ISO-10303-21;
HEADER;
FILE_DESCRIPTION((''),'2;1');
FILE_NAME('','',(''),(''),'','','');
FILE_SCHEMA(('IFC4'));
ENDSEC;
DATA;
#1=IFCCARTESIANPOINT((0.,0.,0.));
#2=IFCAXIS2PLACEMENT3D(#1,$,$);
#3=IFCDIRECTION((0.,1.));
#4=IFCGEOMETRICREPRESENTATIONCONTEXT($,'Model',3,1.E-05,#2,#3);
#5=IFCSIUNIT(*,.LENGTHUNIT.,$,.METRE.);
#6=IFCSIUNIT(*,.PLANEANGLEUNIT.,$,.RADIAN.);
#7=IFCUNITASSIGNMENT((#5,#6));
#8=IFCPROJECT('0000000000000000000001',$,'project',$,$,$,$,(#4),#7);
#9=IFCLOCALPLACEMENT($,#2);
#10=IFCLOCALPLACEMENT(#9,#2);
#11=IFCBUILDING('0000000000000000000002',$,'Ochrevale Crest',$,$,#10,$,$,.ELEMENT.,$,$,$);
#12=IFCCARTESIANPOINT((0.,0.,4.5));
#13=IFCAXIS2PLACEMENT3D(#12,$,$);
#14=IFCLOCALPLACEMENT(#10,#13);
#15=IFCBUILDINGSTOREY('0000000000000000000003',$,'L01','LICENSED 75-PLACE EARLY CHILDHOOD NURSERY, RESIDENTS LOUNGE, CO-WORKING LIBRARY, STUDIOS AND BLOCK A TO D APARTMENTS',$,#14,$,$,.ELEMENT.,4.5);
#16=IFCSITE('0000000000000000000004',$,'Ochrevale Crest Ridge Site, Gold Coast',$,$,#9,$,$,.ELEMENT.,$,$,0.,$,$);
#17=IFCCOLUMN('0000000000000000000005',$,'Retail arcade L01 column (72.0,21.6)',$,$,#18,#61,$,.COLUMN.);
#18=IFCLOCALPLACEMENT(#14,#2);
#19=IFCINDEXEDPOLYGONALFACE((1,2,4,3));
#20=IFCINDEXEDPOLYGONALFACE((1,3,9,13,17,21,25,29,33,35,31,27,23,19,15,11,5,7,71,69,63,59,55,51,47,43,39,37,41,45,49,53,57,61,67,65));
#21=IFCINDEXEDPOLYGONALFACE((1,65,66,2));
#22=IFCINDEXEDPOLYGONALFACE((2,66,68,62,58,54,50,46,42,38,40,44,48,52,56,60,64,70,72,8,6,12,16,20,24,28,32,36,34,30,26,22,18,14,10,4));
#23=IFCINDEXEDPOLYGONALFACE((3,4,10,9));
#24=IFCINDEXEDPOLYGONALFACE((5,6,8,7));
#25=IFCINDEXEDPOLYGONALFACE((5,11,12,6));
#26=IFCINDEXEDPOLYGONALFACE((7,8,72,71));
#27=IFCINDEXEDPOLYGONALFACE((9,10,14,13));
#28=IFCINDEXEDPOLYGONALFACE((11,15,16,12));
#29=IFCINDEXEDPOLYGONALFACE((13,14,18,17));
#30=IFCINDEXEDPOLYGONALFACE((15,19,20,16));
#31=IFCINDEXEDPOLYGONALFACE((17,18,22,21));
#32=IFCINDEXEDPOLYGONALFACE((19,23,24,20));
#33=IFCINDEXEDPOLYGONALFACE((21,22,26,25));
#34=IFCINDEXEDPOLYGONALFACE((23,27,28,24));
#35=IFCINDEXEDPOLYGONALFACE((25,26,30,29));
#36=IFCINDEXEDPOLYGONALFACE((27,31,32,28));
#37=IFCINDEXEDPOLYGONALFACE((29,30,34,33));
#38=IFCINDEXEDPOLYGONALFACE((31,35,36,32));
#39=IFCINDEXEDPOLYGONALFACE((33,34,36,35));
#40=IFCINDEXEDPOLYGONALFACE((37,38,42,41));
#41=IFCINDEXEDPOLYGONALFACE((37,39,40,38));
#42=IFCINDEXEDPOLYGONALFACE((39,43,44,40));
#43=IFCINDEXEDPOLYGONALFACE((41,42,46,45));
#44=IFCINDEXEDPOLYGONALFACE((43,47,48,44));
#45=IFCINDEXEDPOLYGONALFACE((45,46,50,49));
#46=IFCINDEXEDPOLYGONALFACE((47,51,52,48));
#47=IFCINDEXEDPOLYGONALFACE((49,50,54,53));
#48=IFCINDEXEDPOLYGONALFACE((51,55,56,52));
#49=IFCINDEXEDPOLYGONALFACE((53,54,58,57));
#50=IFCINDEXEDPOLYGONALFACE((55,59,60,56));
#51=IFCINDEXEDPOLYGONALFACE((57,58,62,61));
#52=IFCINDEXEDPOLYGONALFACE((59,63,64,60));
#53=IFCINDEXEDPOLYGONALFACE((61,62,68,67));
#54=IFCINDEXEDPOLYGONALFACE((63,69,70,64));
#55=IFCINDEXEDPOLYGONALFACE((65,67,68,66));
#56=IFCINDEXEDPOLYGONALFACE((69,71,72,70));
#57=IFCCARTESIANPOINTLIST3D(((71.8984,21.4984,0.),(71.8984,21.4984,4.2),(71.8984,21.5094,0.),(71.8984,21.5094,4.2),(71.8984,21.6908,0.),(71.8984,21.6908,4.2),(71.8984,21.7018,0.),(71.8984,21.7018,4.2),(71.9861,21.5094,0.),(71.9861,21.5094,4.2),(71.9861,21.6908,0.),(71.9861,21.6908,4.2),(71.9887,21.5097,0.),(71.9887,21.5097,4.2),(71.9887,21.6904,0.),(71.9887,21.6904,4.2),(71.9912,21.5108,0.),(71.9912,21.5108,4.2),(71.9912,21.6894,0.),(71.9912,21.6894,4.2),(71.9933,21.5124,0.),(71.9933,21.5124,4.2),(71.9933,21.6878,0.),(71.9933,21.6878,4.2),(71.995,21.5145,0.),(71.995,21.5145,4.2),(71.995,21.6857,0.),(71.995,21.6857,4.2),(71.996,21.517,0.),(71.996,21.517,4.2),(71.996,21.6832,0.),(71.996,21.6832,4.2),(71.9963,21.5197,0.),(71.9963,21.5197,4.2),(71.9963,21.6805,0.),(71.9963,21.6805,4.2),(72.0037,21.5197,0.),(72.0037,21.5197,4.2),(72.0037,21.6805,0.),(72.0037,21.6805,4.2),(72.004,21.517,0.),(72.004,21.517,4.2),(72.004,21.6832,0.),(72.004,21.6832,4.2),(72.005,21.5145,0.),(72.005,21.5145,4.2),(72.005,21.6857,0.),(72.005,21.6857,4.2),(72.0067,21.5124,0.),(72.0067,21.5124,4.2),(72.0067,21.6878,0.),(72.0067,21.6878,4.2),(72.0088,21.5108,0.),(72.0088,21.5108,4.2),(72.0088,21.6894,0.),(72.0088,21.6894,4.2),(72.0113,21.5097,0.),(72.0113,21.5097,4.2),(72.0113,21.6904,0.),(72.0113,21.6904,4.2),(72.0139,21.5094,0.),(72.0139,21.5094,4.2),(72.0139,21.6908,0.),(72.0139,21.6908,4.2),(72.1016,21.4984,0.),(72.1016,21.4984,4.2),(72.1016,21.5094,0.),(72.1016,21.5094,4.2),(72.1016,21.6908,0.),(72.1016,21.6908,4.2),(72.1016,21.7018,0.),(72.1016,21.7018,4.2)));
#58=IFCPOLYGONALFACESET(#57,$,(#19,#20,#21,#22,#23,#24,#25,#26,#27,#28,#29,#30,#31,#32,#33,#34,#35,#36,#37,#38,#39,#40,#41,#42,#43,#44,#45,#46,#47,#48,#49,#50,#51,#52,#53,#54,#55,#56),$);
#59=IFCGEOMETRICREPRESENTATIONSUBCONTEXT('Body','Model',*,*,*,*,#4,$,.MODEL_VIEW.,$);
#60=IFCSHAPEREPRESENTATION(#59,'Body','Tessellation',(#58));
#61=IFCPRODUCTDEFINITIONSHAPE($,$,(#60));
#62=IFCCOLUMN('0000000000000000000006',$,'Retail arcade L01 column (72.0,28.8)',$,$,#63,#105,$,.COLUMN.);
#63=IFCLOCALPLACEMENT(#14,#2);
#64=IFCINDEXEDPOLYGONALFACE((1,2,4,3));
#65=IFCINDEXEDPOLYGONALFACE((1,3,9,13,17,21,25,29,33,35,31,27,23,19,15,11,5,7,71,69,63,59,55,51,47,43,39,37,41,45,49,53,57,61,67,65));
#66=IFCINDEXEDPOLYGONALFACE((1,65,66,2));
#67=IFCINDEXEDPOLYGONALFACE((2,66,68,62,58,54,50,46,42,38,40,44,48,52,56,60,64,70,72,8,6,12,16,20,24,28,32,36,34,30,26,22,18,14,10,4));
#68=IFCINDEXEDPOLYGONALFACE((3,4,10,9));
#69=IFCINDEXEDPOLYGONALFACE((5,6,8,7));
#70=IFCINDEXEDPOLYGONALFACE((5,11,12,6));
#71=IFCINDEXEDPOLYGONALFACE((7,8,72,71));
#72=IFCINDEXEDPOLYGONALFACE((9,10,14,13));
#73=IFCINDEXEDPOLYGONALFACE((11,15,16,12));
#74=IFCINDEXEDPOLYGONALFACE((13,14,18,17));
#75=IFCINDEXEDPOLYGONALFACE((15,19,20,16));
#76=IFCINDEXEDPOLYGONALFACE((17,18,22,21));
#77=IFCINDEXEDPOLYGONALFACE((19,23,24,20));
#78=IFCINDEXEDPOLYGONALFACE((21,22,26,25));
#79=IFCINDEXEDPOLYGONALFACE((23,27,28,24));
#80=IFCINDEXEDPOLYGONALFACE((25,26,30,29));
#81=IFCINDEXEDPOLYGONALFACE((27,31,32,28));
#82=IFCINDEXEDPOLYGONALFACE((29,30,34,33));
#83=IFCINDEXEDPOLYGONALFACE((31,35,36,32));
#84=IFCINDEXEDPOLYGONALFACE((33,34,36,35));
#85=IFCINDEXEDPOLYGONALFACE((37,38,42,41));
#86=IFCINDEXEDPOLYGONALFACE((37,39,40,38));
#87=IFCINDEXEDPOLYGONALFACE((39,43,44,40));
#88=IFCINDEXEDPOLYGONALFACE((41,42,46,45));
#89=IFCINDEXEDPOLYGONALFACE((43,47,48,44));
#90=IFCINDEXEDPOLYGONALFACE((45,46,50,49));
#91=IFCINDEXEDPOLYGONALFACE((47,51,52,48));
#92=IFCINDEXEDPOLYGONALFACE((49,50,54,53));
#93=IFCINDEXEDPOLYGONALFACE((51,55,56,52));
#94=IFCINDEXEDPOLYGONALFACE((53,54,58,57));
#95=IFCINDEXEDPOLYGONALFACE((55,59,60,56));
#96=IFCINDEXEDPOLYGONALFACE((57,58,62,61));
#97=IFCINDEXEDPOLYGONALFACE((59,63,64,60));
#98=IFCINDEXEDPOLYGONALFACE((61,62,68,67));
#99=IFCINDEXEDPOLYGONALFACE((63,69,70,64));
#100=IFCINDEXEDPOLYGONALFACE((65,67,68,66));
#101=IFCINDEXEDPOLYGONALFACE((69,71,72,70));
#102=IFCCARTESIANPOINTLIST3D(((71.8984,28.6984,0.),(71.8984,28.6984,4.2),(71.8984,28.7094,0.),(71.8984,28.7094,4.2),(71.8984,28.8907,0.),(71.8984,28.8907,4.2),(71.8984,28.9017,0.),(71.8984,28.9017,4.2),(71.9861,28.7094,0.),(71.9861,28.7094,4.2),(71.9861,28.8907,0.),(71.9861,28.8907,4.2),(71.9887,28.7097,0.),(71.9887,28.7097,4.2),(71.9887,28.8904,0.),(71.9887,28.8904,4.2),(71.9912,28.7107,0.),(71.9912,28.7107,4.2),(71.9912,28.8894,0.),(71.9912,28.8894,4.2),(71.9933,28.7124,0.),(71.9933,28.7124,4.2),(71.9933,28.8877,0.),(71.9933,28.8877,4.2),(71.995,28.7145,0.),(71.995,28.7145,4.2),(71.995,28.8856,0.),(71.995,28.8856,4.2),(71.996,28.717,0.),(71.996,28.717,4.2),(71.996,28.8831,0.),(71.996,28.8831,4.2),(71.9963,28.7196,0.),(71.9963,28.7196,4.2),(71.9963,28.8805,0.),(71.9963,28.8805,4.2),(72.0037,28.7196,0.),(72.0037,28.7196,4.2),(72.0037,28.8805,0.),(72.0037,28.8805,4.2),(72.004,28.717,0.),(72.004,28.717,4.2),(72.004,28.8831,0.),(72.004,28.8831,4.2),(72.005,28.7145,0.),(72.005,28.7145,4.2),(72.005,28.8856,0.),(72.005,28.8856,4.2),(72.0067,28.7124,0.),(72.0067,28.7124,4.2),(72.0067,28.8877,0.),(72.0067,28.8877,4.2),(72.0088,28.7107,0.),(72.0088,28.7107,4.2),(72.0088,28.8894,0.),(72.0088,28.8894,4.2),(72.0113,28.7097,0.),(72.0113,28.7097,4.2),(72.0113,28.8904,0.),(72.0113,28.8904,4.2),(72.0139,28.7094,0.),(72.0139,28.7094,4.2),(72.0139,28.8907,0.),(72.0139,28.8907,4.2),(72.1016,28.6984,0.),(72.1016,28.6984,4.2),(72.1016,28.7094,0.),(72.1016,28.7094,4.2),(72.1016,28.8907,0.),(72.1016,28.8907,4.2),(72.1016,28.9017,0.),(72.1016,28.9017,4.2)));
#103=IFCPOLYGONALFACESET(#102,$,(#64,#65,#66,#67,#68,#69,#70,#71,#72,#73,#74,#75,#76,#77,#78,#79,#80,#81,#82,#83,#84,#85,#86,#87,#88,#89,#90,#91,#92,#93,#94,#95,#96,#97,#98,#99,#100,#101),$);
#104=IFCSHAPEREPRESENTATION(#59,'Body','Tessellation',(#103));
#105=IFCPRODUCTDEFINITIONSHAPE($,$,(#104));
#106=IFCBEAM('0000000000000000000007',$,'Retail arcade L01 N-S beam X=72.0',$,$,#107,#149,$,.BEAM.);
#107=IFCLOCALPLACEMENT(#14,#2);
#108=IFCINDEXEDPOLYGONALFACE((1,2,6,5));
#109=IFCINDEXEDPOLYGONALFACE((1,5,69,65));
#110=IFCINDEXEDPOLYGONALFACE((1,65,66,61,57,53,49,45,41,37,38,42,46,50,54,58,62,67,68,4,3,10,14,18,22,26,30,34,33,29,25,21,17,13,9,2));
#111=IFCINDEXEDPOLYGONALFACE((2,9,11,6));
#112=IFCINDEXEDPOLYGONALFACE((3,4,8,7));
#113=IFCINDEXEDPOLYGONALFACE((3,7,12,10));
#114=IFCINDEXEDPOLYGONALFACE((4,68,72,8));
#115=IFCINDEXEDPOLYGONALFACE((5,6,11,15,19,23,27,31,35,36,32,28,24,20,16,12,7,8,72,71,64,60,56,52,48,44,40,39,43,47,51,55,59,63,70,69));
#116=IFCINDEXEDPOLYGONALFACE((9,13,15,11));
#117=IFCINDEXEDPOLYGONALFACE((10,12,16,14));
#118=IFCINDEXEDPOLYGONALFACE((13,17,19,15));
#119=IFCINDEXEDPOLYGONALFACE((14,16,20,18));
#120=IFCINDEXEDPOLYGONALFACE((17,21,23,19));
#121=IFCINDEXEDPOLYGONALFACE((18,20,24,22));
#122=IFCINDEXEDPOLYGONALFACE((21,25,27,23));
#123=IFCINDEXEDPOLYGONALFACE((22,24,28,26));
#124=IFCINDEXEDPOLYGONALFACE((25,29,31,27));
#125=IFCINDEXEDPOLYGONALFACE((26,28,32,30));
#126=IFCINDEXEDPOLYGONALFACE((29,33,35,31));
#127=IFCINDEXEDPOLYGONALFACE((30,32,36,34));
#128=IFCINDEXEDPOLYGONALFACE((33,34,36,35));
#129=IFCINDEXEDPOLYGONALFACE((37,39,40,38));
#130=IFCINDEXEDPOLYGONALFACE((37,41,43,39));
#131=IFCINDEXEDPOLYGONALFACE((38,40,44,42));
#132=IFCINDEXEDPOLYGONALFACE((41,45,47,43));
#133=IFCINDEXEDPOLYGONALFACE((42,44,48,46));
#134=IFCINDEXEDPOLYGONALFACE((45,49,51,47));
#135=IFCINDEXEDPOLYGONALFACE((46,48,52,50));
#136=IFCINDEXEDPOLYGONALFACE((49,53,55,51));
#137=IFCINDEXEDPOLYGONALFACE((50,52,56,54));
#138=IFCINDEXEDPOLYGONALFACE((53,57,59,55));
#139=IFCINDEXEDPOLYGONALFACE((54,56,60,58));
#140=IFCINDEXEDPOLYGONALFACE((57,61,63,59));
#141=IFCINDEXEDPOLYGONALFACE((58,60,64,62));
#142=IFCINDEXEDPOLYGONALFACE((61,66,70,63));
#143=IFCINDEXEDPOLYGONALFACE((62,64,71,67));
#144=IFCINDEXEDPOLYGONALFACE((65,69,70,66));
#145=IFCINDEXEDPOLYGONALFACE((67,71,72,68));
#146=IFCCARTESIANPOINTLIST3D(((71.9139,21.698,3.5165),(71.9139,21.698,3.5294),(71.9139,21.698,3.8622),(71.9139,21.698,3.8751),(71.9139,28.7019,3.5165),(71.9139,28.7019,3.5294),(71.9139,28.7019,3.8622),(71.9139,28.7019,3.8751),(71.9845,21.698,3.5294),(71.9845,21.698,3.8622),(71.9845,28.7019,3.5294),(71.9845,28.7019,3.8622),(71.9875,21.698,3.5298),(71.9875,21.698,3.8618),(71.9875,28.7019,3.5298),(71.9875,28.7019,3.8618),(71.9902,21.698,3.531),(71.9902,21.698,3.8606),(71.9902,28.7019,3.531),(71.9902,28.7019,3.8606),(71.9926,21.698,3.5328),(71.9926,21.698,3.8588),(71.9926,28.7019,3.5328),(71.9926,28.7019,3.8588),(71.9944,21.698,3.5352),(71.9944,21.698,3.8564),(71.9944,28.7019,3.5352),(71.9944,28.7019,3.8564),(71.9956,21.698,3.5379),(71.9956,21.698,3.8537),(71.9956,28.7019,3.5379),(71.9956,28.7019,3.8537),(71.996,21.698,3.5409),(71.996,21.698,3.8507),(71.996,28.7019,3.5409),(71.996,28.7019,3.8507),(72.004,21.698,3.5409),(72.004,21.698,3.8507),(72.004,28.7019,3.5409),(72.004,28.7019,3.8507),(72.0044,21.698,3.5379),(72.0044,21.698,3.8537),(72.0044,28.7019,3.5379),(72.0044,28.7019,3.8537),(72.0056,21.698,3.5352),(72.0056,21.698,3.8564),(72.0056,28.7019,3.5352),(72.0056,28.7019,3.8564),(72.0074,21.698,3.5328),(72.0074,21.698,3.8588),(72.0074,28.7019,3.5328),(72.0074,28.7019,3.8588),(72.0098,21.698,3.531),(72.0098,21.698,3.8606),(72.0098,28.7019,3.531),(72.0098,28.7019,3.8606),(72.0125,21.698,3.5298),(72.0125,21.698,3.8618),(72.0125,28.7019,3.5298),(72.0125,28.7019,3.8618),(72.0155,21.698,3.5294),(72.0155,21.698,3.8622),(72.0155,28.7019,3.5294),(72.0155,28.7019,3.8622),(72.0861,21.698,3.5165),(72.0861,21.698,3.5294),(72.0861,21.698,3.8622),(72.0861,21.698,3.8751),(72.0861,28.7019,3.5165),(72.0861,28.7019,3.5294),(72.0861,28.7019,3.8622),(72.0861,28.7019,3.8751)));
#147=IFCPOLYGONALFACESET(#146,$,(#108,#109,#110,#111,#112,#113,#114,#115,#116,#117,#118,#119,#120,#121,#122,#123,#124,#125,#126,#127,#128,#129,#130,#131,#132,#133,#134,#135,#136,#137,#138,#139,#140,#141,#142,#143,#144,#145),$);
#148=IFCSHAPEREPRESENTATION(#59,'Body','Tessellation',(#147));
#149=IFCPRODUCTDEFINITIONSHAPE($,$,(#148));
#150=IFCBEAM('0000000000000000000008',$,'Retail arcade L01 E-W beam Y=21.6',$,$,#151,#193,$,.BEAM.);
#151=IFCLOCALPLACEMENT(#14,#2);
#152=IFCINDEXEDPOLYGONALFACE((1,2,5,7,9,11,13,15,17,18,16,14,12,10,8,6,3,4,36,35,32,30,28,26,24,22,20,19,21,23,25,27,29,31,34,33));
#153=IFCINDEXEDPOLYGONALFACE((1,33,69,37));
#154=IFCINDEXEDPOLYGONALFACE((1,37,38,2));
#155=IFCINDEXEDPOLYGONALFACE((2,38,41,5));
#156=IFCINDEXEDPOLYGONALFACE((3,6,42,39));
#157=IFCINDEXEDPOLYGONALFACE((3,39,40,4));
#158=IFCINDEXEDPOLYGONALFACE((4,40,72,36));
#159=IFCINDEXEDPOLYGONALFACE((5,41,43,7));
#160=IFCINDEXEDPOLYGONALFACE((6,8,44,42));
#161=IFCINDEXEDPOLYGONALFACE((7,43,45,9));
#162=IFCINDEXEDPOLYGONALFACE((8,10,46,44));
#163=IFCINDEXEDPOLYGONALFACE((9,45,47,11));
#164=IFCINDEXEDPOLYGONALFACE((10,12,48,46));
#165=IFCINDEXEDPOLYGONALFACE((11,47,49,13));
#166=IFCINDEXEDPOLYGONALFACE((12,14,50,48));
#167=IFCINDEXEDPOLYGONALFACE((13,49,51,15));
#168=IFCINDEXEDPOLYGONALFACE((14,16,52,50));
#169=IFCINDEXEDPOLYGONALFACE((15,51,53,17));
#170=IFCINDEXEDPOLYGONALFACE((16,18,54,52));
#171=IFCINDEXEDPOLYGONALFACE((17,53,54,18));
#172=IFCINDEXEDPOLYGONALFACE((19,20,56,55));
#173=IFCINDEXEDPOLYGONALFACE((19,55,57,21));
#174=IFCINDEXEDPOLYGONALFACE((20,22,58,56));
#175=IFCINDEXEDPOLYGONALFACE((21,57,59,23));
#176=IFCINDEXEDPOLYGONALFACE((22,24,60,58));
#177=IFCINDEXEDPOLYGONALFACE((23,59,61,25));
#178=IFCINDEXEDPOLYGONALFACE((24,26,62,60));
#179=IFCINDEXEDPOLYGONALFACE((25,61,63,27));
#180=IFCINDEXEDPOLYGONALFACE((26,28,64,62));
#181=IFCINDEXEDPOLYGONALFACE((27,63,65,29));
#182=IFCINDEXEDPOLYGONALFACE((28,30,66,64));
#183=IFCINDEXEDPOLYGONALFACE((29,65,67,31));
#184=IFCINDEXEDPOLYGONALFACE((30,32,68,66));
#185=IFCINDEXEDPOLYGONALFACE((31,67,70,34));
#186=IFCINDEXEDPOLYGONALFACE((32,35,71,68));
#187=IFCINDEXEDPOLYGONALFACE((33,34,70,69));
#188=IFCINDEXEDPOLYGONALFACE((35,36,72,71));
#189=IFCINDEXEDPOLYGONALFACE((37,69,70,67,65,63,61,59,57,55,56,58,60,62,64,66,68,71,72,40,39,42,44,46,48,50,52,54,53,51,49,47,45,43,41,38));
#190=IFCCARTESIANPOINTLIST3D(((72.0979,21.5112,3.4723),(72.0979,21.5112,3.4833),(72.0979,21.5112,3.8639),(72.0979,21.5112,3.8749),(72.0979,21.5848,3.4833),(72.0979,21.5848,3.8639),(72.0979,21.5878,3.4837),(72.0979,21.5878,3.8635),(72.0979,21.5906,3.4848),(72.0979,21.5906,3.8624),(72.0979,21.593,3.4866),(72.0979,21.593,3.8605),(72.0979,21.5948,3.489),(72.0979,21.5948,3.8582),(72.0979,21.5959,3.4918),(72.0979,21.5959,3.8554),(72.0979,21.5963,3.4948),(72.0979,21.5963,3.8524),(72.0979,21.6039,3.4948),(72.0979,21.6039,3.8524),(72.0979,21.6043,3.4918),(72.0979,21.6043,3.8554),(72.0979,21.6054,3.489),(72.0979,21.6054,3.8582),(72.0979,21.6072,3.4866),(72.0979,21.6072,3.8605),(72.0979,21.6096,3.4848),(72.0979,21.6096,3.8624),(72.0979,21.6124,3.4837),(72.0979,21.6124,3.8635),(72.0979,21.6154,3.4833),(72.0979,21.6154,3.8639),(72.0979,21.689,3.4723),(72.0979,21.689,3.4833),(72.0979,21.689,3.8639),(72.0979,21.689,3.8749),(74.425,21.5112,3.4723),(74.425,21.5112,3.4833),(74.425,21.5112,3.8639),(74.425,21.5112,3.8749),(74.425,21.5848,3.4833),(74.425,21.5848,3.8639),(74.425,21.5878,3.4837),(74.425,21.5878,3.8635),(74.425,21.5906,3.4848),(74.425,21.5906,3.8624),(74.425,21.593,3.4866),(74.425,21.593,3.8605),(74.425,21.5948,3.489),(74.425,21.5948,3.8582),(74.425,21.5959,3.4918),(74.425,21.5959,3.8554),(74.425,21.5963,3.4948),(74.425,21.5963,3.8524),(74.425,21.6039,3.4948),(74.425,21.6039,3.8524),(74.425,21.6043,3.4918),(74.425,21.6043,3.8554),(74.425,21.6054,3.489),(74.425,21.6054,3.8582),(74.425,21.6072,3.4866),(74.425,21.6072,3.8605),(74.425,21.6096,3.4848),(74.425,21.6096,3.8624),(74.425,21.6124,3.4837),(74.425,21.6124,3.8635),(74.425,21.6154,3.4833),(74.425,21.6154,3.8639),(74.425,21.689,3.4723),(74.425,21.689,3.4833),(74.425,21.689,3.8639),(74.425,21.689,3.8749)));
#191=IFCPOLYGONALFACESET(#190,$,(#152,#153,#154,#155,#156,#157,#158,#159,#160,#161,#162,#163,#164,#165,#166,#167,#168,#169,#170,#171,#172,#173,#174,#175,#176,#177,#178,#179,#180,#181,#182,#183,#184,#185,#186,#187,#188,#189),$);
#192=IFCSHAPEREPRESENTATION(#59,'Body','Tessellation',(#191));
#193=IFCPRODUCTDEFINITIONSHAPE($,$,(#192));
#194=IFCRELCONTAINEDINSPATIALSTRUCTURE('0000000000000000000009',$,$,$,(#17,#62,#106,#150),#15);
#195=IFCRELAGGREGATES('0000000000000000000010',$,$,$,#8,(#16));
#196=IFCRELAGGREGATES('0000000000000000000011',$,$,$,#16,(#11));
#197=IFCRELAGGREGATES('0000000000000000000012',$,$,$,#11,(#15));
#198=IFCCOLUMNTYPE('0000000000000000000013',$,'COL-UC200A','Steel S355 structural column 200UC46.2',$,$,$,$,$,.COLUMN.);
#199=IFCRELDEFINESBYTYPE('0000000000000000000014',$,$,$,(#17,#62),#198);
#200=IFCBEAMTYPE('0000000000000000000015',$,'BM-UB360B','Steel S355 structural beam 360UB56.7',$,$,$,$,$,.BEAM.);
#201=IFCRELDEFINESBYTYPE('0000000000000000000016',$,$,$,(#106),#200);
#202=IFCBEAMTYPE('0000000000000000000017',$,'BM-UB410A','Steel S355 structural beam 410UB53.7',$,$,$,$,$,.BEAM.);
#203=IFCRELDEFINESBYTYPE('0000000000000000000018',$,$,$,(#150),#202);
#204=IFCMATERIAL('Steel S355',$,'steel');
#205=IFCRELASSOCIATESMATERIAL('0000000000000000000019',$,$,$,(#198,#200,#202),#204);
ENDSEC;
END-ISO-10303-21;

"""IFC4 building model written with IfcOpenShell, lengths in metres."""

from ifc_helpers import new_model, si_unit, direction, frame, origin, origin_2d, place, context, subcontext, project, spatial, i_section, extrude, material, material_profile, profile_set, type_object, element, save


model = new_model("IFC4")

# Units and contexts
model_context = context("Model", 3, precision=1e-05, world=origin(), true_north=direction((0.0, 1.0)))
body_context = subcontext(model_context, "Body", "Model", "MODEL_VIEW")
ifc_project = project(units=[si_unit("LENGTHUNIT", "METRE"), si_unit("PLANEANGLEUNIT", "RADIAN")], contexts=[model_context])

# Site, building, storey
site_placement = place(None, origin())
site = spatial("IfcSite", under=ifc_project, at=site_placement, Name="Ochrevale Crest Ridge Site, Gold Coast", CompositionType="ELEMENT", RefElevation=0.0)
building_placement = place(site_placement, origin())
building = spatial("IfcBuilding", under=site, at=building_placement, Name="Ochrevale Crest", CompositionType="ELEMENT")
storey_placement = place(building_placement, frame((0.0, 0.0, 4.5)))
storey = spatial("IfcBuildingStorey", under=building, at=storey_placement, Name="L01", Description="LICENSED 75-PLACE EARLY CHILDHOOD NURSERY, RESIDENTS LOUNGE, CO-WORKING LIBRARY, STUDIOS AND BLOCK A TO D APARTMENTS", CompositionType="ELEMENT", Elevation=4.5)

# Columns
ifc_material_1 = material(Name="Steel S355", Category="steel")
ifc_material_profile_1 = material_profile(ifc_material_1, i_section(OverallWidth=0.2031, OverallDepth=0.2034, WebThickness=0.0073, FlangeThickness=0.011, FilletRadius=0.0103, at=origin_2d()), Name="200UC46.2")
ifc_profile_set_1 = profile_set([ifc_material_profile_1], Name="Steel S355")
column_type = type_object("IfcColumnType", Name="COL-UC200A", Description="Steel S355 structural column 200UC46.2", PredefinedType="COLUMN", material=ifc_profile_set_1)
for number, where, z_axis, x_axis, name in (
    (1, (72.0, 21.6001, 0.0), (0.0, 0.0, 1.0), (1.0, 0.0, 0.0), "Retail arcade L01 column (72.0,21.6)"),
    (2, (72.0, 28.8, 0.0), (0.0, 0.0, 1.0), (1.0, 0.0, 0.0), "Retail arcade L01 column (72.0,28.8)"),
):
    element("IfcColumn", number, at=place(storey_placement, frame(where, z_axis=z_axis, x_axis=x_axis)), inside=storey, type_object=column_type, Name=name, PredefinedType="COLUMN", context=body_context, shape_type="SweptSolid", body=[
        extrude(i_section(OverallWidth=0.2031, OverallDepth=0.2034, WebThickness=0.0073, FlangeThickness=0.011, FilletRadius=0.0103, at=origin_2d()), origin(), (0.0, 0.0, 1.0), 4.2),
    ])

# Beams
ifc_material_profile_2 = material_profile(ifc_material_1, i_section(OverallWidth=0.1721, OverallDepth=0.3586, WebThickness=0.0081, FlangeThickness=0.0129, FilletRadius=0.0115, at=origin_2d()), Name="360UB56.7")
ifc_profile_set_2 = profile_set([ifc_material_profile_2], Name="Steel S355")
beam_type_1 = type_object("IfcBeamType", Name="BM-UB360B", Description="Steel S355 structural beam 360UB56.7", PredefinedType="BEAM", material=ifc_profile_set_2)
beam_1_placement = place(storey_placement, frame((72.0, 21.698, 3.6958), z_axis=(0.0, 1.0, 0.0), x_axis=(-1.0, 0.0, 0.0)))
element("IfcBeam", 3, at=beam_1_placement, inside=storey, type_object=beam_type_1, Name="Retail arcade L01 N-S beam X=72.0", PredefinedType="BEAM", context=body_context, shape_type="SweptSolid", body=[
    extrude(i_section(OverallWidth=0.1721, OverallDepth=0.3586, WebThickness=0.0081, FlangeThickness=0.0129, FilletRadius=0.0115, at=origin_2d()), origin(), (0.0, 0.0, 1.0), 7.0039),
])
ifc_material_profile_3 = material_profile(ifc_material_1, i_section(OverallWidth=0.1777, OverallDepth=0.4026, WebThickness=0.0076, FlangeThickness=0.011, FilletRadius=0.0115, at=origin_2d()), Name="410UB53.7")
ifc_profile_set_3 = profile_set([ifc_material_profile_3], Name="Steel S355")
beam_type_2 = type_object("IfcBeamType", Name="BM-UB410A", Description="Steel S355 structural beam 410UB53.7", PredefinedType="BEAM", material=ifc_profile_set_3)
beam_2_placement = place(storey_placement, frame((72.0979, 21.6001, 3.6736), z_axis=(1.0, 0.0, 0.0), x_axis=(0.0, 1.0, 0.0)))
element("IfcBeam", 4, at=beam_2_placement, inside=storey, type_object=beam_type_2, Name="Retail arcade L01 E-W beam Y=21.6", PredefinedType="BEAM", context=body_context, shape_type="SweptSolid", body=[
    extrude(i_section(OverallWidth=0.1777, OverallDepth=0.4026, WebThickness=0.0076, FlangeThickness=0.011, FilletRadius=0.0115, at=origin_2d()), origin(), (0.0, 0.0, 1.0), 2.3271),
])

save(model, "model.ifc")
